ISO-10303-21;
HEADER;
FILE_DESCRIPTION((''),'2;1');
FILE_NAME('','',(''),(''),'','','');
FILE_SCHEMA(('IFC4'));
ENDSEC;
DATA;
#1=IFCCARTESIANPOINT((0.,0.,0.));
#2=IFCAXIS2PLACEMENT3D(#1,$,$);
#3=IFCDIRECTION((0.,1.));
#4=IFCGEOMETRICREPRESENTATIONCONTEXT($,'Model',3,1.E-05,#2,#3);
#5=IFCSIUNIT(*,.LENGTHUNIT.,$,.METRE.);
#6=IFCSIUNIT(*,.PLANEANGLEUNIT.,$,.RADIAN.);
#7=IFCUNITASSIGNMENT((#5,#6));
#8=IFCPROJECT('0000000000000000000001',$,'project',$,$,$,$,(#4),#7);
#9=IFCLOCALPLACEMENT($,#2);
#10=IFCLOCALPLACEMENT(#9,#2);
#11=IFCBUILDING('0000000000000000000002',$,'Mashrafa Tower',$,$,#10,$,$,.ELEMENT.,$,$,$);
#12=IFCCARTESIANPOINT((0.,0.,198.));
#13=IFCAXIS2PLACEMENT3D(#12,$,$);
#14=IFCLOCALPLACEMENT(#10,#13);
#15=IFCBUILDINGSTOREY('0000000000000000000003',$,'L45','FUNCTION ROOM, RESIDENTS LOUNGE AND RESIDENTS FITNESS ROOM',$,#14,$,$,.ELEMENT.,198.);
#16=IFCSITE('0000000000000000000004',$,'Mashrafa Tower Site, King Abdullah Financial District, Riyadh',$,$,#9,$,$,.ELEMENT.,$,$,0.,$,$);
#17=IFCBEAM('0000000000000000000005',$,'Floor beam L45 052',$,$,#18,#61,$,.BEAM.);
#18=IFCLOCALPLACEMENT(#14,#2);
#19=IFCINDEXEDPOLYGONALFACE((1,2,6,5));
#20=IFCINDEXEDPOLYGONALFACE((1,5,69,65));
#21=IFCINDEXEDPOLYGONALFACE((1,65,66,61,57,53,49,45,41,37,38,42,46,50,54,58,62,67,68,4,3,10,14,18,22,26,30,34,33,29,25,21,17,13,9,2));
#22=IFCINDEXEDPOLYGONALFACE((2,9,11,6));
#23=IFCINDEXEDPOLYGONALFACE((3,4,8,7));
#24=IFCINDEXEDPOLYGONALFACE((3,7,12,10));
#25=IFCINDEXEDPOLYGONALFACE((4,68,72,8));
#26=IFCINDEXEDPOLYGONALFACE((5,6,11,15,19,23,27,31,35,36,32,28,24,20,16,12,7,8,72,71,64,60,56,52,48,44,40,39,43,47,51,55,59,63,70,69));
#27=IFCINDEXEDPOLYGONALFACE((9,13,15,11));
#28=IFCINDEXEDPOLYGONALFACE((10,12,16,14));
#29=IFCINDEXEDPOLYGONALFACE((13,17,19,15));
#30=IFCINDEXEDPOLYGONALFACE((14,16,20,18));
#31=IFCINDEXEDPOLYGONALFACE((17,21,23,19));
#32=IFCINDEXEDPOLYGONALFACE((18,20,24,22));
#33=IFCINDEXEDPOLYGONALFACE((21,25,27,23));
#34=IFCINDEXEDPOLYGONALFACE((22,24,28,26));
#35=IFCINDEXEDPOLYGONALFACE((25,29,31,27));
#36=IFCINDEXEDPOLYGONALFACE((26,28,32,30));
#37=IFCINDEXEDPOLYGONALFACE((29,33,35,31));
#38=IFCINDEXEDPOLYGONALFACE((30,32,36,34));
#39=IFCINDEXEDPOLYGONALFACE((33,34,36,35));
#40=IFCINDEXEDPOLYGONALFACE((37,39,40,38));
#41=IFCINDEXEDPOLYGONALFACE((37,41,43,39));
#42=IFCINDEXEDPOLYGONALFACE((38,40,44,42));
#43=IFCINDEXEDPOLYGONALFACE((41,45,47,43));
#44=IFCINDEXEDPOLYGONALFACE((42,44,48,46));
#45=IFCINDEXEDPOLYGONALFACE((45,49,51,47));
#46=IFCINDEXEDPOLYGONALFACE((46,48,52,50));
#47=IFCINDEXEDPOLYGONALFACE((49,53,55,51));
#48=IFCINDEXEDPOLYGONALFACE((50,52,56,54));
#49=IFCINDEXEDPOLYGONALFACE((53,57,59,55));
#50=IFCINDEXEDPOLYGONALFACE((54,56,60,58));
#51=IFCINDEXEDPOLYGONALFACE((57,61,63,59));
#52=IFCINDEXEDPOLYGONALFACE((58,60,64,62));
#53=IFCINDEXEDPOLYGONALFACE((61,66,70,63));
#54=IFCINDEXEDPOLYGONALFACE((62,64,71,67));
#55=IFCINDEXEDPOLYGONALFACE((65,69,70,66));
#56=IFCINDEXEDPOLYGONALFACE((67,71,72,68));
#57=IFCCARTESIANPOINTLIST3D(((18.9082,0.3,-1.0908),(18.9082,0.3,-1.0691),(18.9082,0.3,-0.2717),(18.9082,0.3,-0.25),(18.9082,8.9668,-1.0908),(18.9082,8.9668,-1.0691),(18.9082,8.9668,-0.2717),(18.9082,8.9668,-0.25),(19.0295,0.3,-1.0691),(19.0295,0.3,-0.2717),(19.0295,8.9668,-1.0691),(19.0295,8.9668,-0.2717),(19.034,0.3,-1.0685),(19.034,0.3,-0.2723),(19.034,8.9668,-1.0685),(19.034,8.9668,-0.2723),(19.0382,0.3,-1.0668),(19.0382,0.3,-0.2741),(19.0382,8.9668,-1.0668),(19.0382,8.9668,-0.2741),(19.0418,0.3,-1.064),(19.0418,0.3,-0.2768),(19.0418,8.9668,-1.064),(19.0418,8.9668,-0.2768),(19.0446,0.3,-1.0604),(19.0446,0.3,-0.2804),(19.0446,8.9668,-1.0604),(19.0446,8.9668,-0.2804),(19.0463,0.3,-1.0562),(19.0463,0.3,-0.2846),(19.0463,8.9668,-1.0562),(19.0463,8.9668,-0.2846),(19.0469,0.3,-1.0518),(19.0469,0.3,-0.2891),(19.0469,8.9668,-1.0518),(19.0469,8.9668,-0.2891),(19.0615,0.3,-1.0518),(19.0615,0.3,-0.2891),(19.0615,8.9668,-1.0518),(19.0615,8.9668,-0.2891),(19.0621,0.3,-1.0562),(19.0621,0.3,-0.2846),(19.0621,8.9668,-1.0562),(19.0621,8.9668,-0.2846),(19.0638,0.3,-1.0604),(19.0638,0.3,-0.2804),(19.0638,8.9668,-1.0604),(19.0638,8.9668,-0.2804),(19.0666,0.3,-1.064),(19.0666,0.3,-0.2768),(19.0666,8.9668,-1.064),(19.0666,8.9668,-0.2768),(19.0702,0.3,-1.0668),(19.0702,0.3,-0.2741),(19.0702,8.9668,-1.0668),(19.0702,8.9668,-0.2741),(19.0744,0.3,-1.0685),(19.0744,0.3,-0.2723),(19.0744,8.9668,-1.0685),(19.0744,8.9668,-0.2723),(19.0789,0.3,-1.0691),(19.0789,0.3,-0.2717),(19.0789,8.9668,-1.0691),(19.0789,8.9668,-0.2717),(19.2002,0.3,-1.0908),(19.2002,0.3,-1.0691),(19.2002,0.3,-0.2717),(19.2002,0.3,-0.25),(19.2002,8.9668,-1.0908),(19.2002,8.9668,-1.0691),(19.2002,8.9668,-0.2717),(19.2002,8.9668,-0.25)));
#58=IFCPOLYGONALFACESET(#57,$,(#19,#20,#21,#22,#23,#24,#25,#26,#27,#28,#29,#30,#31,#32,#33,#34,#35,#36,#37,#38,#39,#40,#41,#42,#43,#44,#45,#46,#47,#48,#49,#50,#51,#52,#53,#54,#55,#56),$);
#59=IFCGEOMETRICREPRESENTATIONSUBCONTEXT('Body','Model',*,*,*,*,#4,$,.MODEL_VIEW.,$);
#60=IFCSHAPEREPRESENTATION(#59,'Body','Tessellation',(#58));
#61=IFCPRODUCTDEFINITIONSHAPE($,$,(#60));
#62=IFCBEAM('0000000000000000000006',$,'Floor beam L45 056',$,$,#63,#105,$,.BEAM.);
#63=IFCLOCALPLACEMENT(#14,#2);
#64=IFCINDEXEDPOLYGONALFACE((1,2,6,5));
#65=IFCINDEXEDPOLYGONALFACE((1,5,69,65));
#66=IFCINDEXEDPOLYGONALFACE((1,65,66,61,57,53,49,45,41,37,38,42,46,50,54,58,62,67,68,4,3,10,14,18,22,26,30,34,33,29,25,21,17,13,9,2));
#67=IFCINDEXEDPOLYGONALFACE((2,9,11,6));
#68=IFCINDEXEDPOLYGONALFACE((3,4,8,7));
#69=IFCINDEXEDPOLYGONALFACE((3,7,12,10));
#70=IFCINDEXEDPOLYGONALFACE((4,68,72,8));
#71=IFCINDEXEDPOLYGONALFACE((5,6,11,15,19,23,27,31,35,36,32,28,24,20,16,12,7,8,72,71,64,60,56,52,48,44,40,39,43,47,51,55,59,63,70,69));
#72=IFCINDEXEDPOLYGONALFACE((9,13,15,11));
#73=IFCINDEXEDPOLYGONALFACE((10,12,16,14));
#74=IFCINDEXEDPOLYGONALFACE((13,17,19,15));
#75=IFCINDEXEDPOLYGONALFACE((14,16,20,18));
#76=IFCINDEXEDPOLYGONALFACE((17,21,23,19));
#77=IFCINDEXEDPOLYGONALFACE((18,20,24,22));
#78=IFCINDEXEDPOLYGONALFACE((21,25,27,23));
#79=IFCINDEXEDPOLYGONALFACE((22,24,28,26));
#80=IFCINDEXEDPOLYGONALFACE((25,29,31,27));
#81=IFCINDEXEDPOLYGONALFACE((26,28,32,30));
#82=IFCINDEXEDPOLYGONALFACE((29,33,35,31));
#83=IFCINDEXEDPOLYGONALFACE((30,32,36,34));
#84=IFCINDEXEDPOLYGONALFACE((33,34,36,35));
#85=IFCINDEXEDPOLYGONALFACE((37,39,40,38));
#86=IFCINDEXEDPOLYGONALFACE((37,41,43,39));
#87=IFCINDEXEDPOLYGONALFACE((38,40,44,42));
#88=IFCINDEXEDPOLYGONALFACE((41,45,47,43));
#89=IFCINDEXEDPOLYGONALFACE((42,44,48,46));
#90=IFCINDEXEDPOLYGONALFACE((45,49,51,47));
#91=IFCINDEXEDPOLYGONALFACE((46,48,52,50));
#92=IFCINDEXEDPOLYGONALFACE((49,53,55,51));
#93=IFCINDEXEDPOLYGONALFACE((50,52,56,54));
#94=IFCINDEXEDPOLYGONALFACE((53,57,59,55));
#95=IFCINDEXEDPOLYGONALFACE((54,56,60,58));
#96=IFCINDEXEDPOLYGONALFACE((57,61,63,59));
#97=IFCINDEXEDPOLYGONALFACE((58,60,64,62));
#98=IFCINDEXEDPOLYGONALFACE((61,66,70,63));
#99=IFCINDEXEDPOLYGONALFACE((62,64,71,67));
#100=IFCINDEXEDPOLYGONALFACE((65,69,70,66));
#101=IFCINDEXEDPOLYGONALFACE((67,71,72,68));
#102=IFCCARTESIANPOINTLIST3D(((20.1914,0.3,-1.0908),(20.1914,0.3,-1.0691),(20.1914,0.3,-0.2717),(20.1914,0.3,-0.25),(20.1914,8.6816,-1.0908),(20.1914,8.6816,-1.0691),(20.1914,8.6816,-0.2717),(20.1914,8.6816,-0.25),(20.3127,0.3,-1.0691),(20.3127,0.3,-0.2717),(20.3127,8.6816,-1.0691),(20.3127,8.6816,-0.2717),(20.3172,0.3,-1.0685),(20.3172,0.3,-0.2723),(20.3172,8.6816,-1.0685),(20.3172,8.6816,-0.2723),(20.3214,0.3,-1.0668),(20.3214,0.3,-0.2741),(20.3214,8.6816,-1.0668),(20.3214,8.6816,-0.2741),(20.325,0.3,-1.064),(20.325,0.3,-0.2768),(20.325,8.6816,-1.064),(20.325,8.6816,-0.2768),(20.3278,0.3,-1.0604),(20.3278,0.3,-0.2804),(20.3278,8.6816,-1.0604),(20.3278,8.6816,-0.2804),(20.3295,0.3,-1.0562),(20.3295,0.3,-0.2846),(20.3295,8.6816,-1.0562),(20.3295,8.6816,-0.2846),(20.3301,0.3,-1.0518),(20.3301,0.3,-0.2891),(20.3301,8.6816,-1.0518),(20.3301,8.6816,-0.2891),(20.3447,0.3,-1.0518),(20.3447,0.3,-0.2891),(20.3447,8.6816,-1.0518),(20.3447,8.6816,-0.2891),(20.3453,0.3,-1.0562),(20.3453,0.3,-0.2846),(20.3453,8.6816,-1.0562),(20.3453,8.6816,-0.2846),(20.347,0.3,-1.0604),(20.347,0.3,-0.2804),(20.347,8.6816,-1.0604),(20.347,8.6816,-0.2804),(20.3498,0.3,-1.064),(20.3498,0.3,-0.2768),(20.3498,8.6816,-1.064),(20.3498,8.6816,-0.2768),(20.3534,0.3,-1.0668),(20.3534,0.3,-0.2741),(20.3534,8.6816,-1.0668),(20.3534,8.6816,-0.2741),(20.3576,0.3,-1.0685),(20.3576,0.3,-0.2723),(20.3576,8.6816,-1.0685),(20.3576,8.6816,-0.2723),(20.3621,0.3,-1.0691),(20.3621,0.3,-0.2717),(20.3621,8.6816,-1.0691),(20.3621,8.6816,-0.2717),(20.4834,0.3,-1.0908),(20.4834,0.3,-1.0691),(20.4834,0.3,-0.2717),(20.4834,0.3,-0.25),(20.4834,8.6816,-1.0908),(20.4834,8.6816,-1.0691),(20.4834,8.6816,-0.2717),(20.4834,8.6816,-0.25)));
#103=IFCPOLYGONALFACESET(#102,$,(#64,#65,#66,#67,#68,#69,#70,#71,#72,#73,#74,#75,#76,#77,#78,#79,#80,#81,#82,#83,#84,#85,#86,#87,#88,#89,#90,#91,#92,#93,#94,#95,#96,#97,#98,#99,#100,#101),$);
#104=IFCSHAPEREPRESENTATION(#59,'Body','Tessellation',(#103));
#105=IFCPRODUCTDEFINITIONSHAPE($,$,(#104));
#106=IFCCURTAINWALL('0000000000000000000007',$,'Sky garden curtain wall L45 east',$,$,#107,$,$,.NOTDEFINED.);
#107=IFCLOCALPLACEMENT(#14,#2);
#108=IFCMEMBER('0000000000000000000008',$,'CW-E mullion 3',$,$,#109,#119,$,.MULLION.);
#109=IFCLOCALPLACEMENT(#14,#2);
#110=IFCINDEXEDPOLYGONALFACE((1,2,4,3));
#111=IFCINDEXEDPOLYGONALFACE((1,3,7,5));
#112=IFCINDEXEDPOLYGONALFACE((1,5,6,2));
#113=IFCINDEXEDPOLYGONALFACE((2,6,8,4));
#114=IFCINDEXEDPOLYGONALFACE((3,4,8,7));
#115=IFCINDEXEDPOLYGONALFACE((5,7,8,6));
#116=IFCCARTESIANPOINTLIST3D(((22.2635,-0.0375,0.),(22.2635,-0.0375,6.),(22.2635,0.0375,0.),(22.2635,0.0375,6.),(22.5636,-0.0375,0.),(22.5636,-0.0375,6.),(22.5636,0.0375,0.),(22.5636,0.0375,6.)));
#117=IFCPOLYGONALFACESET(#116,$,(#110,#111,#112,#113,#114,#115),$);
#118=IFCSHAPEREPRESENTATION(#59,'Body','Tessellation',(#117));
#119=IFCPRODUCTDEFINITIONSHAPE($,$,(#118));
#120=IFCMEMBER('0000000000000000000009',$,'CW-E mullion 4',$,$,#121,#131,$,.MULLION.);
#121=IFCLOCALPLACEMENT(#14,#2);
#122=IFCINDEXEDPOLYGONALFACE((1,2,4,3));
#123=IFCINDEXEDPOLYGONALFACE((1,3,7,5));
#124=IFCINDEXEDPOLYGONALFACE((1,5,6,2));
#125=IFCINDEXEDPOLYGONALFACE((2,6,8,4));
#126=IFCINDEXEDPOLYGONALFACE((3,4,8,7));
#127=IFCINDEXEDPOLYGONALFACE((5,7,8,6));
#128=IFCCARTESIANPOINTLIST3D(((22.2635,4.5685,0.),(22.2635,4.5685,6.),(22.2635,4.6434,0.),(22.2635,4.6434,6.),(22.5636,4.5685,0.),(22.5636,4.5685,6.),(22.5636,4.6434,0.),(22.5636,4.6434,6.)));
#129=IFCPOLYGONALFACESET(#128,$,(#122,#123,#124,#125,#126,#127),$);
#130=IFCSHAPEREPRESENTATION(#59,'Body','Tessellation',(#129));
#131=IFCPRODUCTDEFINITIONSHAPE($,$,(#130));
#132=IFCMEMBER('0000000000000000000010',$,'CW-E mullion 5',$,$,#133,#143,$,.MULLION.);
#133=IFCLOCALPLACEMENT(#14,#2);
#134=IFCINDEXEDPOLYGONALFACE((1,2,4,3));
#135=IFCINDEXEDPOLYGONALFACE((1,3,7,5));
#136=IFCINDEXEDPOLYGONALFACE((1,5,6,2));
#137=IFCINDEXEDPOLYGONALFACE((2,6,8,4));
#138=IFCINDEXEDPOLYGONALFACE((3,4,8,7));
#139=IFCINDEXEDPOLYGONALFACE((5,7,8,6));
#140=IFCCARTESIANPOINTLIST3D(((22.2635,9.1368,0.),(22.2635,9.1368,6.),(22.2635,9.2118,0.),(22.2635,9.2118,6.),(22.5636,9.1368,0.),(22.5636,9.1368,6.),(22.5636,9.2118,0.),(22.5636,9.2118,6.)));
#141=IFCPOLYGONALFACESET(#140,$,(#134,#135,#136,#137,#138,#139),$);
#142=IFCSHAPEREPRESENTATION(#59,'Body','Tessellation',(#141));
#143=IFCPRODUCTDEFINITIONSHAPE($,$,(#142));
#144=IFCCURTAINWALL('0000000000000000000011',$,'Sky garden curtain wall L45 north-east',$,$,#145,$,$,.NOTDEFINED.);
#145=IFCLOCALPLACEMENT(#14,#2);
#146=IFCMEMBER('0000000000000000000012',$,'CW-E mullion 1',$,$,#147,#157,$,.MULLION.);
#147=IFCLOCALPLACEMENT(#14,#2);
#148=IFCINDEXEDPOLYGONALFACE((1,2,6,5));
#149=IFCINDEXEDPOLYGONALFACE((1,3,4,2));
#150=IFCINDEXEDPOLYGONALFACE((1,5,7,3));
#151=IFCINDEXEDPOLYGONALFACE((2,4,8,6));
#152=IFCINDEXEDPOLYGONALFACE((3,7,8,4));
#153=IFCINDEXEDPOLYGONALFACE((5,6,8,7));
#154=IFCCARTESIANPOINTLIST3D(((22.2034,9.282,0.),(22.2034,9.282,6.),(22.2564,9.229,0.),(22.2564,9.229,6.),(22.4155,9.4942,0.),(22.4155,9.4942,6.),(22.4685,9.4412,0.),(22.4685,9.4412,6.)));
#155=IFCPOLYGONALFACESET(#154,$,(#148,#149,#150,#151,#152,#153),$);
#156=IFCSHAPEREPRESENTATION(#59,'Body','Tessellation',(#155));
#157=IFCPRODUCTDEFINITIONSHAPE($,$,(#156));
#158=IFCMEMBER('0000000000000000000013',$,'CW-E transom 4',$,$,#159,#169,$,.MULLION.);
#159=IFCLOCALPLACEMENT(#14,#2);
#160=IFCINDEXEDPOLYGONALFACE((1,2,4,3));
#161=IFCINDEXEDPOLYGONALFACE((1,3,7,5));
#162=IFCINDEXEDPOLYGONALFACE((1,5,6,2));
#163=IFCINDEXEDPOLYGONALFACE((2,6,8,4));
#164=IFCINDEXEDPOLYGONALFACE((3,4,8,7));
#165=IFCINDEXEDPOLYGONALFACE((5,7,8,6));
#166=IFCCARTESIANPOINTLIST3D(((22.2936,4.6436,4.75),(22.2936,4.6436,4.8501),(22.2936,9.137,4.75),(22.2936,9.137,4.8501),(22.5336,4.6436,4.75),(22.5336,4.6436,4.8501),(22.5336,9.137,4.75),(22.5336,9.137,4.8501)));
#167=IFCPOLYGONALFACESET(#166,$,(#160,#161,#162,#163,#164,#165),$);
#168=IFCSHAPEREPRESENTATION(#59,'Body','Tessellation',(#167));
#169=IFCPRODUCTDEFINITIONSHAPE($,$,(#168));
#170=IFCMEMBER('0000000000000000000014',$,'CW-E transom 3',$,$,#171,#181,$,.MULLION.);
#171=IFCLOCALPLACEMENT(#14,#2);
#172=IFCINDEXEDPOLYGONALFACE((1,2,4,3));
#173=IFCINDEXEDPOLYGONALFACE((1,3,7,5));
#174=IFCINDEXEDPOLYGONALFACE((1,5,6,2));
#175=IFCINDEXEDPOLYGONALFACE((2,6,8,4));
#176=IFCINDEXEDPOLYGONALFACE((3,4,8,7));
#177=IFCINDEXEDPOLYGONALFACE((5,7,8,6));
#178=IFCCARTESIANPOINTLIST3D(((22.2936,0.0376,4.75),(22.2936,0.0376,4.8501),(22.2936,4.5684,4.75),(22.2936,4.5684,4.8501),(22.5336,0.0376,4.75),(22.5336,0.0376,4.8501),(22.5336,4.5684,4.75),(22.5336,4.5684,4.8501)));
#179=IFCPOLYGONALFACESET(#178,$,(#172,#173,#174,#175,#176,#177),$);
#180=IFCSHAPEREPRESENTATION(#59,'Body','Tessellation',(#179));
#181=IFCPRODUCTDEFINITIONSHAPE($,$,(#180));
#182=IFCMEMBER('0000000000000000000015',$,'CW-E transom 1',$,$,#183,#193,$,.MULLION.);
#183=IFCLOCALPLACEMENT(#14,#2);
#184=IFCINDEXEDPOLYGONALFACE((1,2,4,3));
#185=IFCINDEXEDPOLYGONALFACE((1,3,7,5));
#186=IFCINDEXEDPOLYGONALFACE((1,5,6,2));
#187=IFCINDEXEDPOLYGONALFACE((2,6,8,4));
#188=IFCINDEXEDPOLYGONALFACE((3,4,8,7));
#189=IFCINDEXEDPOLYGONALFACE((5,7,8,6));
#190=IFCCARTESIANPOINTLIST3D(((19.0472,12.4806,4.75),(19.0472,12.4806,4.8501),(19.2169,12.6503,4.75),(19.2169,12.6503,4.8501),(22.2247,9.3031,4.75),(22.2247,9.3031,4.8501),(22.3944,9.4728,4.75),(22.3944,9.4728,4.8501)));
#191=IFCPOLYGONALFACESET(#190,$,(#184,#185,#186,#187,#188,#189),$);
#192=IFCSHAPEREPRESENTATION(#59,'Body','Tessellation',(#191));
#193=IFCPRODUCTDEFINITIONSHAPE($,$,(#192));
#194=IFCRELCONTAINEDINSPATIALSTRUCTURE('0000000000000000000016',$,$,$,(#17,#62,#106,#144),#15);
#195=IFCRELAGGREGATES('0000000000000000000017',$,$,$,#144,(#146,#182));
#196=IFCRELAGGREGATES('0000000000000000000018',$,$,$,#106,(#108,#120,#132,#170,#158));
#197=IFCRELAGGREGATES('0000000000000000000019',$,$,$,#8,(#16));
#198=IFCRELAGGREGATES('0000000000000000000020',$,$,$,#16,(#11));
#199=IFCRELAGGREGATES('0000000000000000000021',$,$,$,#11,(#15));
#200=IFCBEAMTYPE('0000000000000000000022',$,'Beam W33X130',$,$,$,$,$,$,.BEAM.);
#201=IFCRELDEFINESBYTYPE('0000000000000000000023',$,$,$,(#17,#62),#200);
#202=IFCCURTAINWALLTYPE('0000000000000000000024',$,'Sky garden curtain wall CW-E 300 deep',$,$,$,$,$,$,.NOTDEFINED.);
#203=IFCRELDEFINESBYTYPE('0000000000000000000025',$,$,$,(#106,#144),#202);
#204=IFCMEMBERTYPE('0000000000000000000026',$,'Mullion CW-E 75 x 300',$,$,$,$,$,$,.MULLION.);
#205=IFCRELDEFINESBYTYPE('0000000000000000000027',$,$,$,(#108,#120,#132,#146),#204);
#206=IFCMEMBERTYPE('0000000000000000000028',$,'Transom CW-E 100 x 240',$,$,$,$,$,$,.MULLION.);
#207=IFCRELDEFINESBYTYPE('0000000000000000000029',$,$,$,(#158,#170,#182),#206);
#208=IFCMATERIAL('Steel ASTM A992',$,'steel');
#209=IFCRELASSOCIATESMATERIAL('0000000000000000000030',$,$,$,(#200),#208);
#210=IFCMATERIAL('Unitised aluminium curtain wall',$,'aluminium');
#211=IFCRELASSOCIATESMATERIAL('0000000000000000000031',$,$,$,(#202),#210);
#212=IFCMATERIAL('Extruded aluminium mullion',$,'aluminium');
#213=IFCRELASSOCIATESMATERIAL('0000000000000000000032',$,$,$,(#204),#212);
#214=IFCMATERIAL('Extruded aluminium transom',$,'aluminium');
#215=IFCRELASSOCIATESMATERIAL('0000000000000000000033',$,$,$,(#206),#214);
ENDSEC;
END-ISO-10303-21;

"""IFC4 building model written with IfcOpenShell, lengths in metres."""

from ifc_helpers import new_model, si_unit, direction, frame, origin, origin_2d, place, context, subcontext, project, spatial, rectangle, i_section, extrude, source, transform, mapped, material, material_profile, profile_set, type_object, type_shapes, element, aggregate, save


model = new_model("IFC4")

# Units and contexts
model_context = context("Model", 3, precision=1e-05, world=origin(), true_north=direction((0.0, 1.0)))
body_context = subcontext(model_context, "Body", "Model", "MODEL_VIEW")
ifc_project = project(units=[si_unit("LENGTHUNIT", "METRE"), si_unit("PLANEANGLEUNIT", "RADIAN")], contexts=[model_context])

# Site, building, storey
site_placement = place(None, origin())
site = spatial("IfcSite", under=ifc_project, at=site_placement, Name="Mashrafa Tower Site, King Abdullah Financial District, Riyadh", CompositionType="ELEMENT", RefElevation=0.0)
building_placement = place(site_placement, origin())
building = spatial("IfcBuilding", under=site, at=building_placement, Name="Mashrafa Tower", CompositionType="ELEMENT")
storey_placement = place(building_placement, frame((0.0, 0.0, 198.0)))
storey = spatial("IfcBuildingStorey", under=building, at=storey_placement, Name="L45", Description="FUNCTION ROOM, RESIDENTS LOUNGE AND RESIDENTS FITNESS ROOM", CompositionType="ELEMENT", Elevation=198.0)

# Beams
ifc_material_1 = material(Name="Steel ASTM A992", Category="steel")
ifc_material_profile_1 = material_profile(ifc_material_1, i_section(OverallWidth=0.292, OverallDepth=0.8408, WebThickness=0.0146, FlangeThickness=0.0217, FilletRadius=0.0173, at=origin_2d()), Name="W33X130")
ifc_profile_set_1 = profile_set([ifc_material_profile_1], Name="Steel ASTM A992")
beam_type_1 = type_object("IfcBeamType", Name="Beam W33X130", PredefinedType="BEAM", material=ifc_profile_set_1)
beam_1_placement = place(storey_placement, frame((19.0542, 8.9668, -0.6704), z_axis=(0.0, -1.0, 0.0), x_axis=(1.0, 0.0, 0.0)))
element("IfcBeam", 1, at=beam_1_placement, inside=storey, type_object=beam_type_1, Name="Floor beam L45 052", PredefinedType="BEAM", context=body_context, shape_type="SweptSolid", body=[
    extrude(i_section(OverallWidth=0.292, OverallDepth=0.8408, WebThickness=0.0146, FlangeThickness=0.0217, FilletRadius=0.0173, at=origin_2d()), origin(), (0.0, 0.0, 1.0), 8.6667),
])
beam_2_placement = place(storey_placement, frame((20.3374, 8.6816, -0.6704), z_axis=(0.0, -1.0, 0.0), x_axis=(1.0, 0.0, 0.0)))
element("IfcBeam", 2, at=beam_2_placement, inside=storey, type_object=beam_type_1, Name="Floor beam L45 056", PredefinedType="BEAM", context=body_context, shape_type="SweptSolid", body=[
    extrude(i_section(OverallWidth=0.292, OverallDepth=0.8408, WebThickness=0.0146, FlangeThickness=0.0217, FilletRadius=0.0173, at=origin_2d()), origin(), (0.0, 0.0, 1.0), 8.3816),
])

# Curtain wall, members
ifc_material_2 = material(Name="Unitised aluminium curtain wall", Category="aluminium")
curtain_wall_type = type_object("IfcCurtainWallType", Name="Sky garden curtain wall CW-E 300 deep", PredefinedType="NOTDEFINED", material=ifc_material_2)
curtain_wall_1_placement = place(storey_placement, origin())
curtain_wall_1 = element("IfcCurtainWall", 3, at=curtain_wall_1_placement, inside=storey, type_object=curtain_wall_type, Name="Sky garden curtain wall L45 east", PredefinedType="NOTDEFINED")
ifc_material_3 = material(Name="Extruded aluminium mullion", Category="aluminium")
ifc_material_profile_2 = material_profile(ifc_material_3, rectangle(XDim=0.3, YDim=0.075, at=origin_2d()), Name="Mullion 75x300")
ifc_profile_set_2 = profile_set([ifc_material_profile_2], Name="Extruded aluminium mullion")
member_type_1 = type_object("IfcMemberType", Name="Mullion CW-E 75 x 300", PredefinedType="MULLION", material=ifc_profile_set_2)
shared_shape_1 = source(origin(), body_context, "Body", "SweptSolid", [
    extrude(rectangle(XDim=0.3, YDim=0.075, at=origin_2d()), origin(), (0.0, 0.0, 1.0), 6.0),
])
type_shapes(member_type_1, [shared_shape_1])
member_1_placement = place(storey_placement, frame((22.4136, 0.0, 0.0), z_axis=(0.0, 0.0, 1.0), x_axis=(-1.0, 0.0, 0.0)))
member_1 = element("IfcMember", 4, at=member_1_placement, type_object=member_type_1, Name="CW-E mullion 3", PredefinedType="MULLION", context=body_context, shape_type="MappedRepresentation", body=[
    mapped(shared_shape_1, transform((0.0, 0.0, 0.0))),
])
member_2_placement = place(storey_placement, frame((22.4136, 4.606, 0.0), z_axis=(0.0, 0.0, 1.0), x_axis=(-1.0, 0.0, 0.0)))
member_2 = element("IfcMember", 5, at=member_2_placement, type_object=member_type_1, Name="CW-E mullion 4", PredefinedType="MULLION", context=body_context, shape_type="MappedRepresentation", body=[
    mapped(shared_shape_1, transform((0.0, 0.0, 0.0))),
])
member_3_placement = place(storey_placement, frame((22.4136, 9.1743, 0.0), z_axis=(0.0, 0.0, 1.0), x_axis=(-1.0, 0.0, 0.0)))
member_3 = element("IfcMember", 6, at=member_3_placement, type_object=member_type_1, Name="CW-E mullion 5", PredefinedType="MULLION", context=body_context, shape_type="MappedRepresentation", body=[
    mapped(shared_shape_1, transform((0.0, 0.0, 0.0))),
])

# Curtain wall, member
curtain_wall_2_placement = place(storey_placement, origin())
curtain_wall_2 = element("IfcCurtainWall", 7, at=curtain_wall_2_placement, inside=storey, type_object=curtain_wall_type, Name="Sky garden curtain wall L45 north-east", PredefinedType="NOTDEFINED")
member_4_placement = place(storey_placement, frame((22.3359, 9.3616, 0.0), z_axis=(0.0, 0.0, 1.0), x_axis=(-0.707107, -0.707107, 0.0)))
member_4 = element("IfcMember", 8, at=member_4_placement, type_object=member_type_1, Name="CW-E mullion 1", PredefinedType="MULLION", context=body_context, shape_type="MappedRepresentation", body=[
    mapped(shared_shape_1, transform((0.0, 0.0, 0.0))),
])

# Members
ifc_material_4 = material(Name="Extruded aluminium transom", Category="aluminium")
ifc_material_profile_3 = material_profile(ifc_material_4, rectangle(XDim=0.24, YDim=0.1001, at=origin_2d()), Name="Transom 100x240")
ifc_profile_set_3 = profile_set([ifc_material_profile_3], Name="Extruded aluminium transom")
member_type_2 = type_object("IfcMemberType", Name="Transom CW-E 100 x 240", PredefinedType="MULLION", material=ifc_profile_set_3)
shared_shape_2 = source(origin(), body_context, "Body", "SweptSolid", [
    extrude(rectangle(XDim=0.24, YDim=0.1001, at=origin_2d()), origin(), (0.0, 0.0, 1.0), 4.4934),
])
member_5_placement = place(storey_placement, frame((22.4136, 4.6436, 4.8), z_axis=(0.0, 1.0, 0.0), x_axis=(-1.0, 0.0, 0.0)))
member_5 = element("IfcMember", 9, at=member_5_placement, type_object=member_type_2, Name="CW-E transom 4", PredefinedType="MULLION", context=body_context, shape_type="MappedRepresentation", body=[
    mapped(shared_shape_2, transform((0.0, 0.0, 0.0))),
])
shared_shape_3 = source(origin(), body_context, "Body", "SweptSolid", [
    extrude(rectangle(XDim=0.24, YDim=0.1001, at=origin_2d()), origin(), (0.0, 0.0, 1.0), 4.5308),
])
member_6_placement = place(storey_placement, frame((22.4136, 0.0376, 4.8), z_axis=(0.0, 1.0, 0.0), x_axis=(-1.0, 0.0, 0.0)))
member_6 = element("IfcMember", 10, at=member_6_placement, type_object=member_type_2, Name="CW-E transom 3", PredefinedType="MULLION", context=body_context, shape_type="MappedRepresentation", body=[
    mapped(shared_shape_3, transform((0.0, 0.0, 0.0))),
])
shared_shape_4 = source(origin(), body_context, "Body", "SweptSolid", [
    extrude(rectangle(XDim=0.24, YDim=0.1001, at=origin_2d()), origin(), (0.0, 0.0, 1.0), 4.4937),
])
type_shapes(member_type_2, [shared_shape_2, shared_shape_3, shared_shape_4])
member_7_placement = place(storey_placement, frame((22.3096, 9.3879, 4.8), z_axis=(-0.707107, 0.707107, 0.0), x_axis=(-0.707107, -0.707107, 0.0)))
member_7 = element("IfcMember", 11, at=member_7_placement, type_object=member_type_2, Name="CW-E transom 1", PredefinedType="MULLION", context=body_context, shape_type="MappedRepresentation", body=[
    mapped(shared_shape_4, transform((0.0, 0.0, 0.0))),
])

aggregate(curtain_wall_2, [member_4, member_7])
aggregate(curtain_wall_1, [member_1, member_2, member_3, member_6, member_5])

save(model, "model.ifc")
